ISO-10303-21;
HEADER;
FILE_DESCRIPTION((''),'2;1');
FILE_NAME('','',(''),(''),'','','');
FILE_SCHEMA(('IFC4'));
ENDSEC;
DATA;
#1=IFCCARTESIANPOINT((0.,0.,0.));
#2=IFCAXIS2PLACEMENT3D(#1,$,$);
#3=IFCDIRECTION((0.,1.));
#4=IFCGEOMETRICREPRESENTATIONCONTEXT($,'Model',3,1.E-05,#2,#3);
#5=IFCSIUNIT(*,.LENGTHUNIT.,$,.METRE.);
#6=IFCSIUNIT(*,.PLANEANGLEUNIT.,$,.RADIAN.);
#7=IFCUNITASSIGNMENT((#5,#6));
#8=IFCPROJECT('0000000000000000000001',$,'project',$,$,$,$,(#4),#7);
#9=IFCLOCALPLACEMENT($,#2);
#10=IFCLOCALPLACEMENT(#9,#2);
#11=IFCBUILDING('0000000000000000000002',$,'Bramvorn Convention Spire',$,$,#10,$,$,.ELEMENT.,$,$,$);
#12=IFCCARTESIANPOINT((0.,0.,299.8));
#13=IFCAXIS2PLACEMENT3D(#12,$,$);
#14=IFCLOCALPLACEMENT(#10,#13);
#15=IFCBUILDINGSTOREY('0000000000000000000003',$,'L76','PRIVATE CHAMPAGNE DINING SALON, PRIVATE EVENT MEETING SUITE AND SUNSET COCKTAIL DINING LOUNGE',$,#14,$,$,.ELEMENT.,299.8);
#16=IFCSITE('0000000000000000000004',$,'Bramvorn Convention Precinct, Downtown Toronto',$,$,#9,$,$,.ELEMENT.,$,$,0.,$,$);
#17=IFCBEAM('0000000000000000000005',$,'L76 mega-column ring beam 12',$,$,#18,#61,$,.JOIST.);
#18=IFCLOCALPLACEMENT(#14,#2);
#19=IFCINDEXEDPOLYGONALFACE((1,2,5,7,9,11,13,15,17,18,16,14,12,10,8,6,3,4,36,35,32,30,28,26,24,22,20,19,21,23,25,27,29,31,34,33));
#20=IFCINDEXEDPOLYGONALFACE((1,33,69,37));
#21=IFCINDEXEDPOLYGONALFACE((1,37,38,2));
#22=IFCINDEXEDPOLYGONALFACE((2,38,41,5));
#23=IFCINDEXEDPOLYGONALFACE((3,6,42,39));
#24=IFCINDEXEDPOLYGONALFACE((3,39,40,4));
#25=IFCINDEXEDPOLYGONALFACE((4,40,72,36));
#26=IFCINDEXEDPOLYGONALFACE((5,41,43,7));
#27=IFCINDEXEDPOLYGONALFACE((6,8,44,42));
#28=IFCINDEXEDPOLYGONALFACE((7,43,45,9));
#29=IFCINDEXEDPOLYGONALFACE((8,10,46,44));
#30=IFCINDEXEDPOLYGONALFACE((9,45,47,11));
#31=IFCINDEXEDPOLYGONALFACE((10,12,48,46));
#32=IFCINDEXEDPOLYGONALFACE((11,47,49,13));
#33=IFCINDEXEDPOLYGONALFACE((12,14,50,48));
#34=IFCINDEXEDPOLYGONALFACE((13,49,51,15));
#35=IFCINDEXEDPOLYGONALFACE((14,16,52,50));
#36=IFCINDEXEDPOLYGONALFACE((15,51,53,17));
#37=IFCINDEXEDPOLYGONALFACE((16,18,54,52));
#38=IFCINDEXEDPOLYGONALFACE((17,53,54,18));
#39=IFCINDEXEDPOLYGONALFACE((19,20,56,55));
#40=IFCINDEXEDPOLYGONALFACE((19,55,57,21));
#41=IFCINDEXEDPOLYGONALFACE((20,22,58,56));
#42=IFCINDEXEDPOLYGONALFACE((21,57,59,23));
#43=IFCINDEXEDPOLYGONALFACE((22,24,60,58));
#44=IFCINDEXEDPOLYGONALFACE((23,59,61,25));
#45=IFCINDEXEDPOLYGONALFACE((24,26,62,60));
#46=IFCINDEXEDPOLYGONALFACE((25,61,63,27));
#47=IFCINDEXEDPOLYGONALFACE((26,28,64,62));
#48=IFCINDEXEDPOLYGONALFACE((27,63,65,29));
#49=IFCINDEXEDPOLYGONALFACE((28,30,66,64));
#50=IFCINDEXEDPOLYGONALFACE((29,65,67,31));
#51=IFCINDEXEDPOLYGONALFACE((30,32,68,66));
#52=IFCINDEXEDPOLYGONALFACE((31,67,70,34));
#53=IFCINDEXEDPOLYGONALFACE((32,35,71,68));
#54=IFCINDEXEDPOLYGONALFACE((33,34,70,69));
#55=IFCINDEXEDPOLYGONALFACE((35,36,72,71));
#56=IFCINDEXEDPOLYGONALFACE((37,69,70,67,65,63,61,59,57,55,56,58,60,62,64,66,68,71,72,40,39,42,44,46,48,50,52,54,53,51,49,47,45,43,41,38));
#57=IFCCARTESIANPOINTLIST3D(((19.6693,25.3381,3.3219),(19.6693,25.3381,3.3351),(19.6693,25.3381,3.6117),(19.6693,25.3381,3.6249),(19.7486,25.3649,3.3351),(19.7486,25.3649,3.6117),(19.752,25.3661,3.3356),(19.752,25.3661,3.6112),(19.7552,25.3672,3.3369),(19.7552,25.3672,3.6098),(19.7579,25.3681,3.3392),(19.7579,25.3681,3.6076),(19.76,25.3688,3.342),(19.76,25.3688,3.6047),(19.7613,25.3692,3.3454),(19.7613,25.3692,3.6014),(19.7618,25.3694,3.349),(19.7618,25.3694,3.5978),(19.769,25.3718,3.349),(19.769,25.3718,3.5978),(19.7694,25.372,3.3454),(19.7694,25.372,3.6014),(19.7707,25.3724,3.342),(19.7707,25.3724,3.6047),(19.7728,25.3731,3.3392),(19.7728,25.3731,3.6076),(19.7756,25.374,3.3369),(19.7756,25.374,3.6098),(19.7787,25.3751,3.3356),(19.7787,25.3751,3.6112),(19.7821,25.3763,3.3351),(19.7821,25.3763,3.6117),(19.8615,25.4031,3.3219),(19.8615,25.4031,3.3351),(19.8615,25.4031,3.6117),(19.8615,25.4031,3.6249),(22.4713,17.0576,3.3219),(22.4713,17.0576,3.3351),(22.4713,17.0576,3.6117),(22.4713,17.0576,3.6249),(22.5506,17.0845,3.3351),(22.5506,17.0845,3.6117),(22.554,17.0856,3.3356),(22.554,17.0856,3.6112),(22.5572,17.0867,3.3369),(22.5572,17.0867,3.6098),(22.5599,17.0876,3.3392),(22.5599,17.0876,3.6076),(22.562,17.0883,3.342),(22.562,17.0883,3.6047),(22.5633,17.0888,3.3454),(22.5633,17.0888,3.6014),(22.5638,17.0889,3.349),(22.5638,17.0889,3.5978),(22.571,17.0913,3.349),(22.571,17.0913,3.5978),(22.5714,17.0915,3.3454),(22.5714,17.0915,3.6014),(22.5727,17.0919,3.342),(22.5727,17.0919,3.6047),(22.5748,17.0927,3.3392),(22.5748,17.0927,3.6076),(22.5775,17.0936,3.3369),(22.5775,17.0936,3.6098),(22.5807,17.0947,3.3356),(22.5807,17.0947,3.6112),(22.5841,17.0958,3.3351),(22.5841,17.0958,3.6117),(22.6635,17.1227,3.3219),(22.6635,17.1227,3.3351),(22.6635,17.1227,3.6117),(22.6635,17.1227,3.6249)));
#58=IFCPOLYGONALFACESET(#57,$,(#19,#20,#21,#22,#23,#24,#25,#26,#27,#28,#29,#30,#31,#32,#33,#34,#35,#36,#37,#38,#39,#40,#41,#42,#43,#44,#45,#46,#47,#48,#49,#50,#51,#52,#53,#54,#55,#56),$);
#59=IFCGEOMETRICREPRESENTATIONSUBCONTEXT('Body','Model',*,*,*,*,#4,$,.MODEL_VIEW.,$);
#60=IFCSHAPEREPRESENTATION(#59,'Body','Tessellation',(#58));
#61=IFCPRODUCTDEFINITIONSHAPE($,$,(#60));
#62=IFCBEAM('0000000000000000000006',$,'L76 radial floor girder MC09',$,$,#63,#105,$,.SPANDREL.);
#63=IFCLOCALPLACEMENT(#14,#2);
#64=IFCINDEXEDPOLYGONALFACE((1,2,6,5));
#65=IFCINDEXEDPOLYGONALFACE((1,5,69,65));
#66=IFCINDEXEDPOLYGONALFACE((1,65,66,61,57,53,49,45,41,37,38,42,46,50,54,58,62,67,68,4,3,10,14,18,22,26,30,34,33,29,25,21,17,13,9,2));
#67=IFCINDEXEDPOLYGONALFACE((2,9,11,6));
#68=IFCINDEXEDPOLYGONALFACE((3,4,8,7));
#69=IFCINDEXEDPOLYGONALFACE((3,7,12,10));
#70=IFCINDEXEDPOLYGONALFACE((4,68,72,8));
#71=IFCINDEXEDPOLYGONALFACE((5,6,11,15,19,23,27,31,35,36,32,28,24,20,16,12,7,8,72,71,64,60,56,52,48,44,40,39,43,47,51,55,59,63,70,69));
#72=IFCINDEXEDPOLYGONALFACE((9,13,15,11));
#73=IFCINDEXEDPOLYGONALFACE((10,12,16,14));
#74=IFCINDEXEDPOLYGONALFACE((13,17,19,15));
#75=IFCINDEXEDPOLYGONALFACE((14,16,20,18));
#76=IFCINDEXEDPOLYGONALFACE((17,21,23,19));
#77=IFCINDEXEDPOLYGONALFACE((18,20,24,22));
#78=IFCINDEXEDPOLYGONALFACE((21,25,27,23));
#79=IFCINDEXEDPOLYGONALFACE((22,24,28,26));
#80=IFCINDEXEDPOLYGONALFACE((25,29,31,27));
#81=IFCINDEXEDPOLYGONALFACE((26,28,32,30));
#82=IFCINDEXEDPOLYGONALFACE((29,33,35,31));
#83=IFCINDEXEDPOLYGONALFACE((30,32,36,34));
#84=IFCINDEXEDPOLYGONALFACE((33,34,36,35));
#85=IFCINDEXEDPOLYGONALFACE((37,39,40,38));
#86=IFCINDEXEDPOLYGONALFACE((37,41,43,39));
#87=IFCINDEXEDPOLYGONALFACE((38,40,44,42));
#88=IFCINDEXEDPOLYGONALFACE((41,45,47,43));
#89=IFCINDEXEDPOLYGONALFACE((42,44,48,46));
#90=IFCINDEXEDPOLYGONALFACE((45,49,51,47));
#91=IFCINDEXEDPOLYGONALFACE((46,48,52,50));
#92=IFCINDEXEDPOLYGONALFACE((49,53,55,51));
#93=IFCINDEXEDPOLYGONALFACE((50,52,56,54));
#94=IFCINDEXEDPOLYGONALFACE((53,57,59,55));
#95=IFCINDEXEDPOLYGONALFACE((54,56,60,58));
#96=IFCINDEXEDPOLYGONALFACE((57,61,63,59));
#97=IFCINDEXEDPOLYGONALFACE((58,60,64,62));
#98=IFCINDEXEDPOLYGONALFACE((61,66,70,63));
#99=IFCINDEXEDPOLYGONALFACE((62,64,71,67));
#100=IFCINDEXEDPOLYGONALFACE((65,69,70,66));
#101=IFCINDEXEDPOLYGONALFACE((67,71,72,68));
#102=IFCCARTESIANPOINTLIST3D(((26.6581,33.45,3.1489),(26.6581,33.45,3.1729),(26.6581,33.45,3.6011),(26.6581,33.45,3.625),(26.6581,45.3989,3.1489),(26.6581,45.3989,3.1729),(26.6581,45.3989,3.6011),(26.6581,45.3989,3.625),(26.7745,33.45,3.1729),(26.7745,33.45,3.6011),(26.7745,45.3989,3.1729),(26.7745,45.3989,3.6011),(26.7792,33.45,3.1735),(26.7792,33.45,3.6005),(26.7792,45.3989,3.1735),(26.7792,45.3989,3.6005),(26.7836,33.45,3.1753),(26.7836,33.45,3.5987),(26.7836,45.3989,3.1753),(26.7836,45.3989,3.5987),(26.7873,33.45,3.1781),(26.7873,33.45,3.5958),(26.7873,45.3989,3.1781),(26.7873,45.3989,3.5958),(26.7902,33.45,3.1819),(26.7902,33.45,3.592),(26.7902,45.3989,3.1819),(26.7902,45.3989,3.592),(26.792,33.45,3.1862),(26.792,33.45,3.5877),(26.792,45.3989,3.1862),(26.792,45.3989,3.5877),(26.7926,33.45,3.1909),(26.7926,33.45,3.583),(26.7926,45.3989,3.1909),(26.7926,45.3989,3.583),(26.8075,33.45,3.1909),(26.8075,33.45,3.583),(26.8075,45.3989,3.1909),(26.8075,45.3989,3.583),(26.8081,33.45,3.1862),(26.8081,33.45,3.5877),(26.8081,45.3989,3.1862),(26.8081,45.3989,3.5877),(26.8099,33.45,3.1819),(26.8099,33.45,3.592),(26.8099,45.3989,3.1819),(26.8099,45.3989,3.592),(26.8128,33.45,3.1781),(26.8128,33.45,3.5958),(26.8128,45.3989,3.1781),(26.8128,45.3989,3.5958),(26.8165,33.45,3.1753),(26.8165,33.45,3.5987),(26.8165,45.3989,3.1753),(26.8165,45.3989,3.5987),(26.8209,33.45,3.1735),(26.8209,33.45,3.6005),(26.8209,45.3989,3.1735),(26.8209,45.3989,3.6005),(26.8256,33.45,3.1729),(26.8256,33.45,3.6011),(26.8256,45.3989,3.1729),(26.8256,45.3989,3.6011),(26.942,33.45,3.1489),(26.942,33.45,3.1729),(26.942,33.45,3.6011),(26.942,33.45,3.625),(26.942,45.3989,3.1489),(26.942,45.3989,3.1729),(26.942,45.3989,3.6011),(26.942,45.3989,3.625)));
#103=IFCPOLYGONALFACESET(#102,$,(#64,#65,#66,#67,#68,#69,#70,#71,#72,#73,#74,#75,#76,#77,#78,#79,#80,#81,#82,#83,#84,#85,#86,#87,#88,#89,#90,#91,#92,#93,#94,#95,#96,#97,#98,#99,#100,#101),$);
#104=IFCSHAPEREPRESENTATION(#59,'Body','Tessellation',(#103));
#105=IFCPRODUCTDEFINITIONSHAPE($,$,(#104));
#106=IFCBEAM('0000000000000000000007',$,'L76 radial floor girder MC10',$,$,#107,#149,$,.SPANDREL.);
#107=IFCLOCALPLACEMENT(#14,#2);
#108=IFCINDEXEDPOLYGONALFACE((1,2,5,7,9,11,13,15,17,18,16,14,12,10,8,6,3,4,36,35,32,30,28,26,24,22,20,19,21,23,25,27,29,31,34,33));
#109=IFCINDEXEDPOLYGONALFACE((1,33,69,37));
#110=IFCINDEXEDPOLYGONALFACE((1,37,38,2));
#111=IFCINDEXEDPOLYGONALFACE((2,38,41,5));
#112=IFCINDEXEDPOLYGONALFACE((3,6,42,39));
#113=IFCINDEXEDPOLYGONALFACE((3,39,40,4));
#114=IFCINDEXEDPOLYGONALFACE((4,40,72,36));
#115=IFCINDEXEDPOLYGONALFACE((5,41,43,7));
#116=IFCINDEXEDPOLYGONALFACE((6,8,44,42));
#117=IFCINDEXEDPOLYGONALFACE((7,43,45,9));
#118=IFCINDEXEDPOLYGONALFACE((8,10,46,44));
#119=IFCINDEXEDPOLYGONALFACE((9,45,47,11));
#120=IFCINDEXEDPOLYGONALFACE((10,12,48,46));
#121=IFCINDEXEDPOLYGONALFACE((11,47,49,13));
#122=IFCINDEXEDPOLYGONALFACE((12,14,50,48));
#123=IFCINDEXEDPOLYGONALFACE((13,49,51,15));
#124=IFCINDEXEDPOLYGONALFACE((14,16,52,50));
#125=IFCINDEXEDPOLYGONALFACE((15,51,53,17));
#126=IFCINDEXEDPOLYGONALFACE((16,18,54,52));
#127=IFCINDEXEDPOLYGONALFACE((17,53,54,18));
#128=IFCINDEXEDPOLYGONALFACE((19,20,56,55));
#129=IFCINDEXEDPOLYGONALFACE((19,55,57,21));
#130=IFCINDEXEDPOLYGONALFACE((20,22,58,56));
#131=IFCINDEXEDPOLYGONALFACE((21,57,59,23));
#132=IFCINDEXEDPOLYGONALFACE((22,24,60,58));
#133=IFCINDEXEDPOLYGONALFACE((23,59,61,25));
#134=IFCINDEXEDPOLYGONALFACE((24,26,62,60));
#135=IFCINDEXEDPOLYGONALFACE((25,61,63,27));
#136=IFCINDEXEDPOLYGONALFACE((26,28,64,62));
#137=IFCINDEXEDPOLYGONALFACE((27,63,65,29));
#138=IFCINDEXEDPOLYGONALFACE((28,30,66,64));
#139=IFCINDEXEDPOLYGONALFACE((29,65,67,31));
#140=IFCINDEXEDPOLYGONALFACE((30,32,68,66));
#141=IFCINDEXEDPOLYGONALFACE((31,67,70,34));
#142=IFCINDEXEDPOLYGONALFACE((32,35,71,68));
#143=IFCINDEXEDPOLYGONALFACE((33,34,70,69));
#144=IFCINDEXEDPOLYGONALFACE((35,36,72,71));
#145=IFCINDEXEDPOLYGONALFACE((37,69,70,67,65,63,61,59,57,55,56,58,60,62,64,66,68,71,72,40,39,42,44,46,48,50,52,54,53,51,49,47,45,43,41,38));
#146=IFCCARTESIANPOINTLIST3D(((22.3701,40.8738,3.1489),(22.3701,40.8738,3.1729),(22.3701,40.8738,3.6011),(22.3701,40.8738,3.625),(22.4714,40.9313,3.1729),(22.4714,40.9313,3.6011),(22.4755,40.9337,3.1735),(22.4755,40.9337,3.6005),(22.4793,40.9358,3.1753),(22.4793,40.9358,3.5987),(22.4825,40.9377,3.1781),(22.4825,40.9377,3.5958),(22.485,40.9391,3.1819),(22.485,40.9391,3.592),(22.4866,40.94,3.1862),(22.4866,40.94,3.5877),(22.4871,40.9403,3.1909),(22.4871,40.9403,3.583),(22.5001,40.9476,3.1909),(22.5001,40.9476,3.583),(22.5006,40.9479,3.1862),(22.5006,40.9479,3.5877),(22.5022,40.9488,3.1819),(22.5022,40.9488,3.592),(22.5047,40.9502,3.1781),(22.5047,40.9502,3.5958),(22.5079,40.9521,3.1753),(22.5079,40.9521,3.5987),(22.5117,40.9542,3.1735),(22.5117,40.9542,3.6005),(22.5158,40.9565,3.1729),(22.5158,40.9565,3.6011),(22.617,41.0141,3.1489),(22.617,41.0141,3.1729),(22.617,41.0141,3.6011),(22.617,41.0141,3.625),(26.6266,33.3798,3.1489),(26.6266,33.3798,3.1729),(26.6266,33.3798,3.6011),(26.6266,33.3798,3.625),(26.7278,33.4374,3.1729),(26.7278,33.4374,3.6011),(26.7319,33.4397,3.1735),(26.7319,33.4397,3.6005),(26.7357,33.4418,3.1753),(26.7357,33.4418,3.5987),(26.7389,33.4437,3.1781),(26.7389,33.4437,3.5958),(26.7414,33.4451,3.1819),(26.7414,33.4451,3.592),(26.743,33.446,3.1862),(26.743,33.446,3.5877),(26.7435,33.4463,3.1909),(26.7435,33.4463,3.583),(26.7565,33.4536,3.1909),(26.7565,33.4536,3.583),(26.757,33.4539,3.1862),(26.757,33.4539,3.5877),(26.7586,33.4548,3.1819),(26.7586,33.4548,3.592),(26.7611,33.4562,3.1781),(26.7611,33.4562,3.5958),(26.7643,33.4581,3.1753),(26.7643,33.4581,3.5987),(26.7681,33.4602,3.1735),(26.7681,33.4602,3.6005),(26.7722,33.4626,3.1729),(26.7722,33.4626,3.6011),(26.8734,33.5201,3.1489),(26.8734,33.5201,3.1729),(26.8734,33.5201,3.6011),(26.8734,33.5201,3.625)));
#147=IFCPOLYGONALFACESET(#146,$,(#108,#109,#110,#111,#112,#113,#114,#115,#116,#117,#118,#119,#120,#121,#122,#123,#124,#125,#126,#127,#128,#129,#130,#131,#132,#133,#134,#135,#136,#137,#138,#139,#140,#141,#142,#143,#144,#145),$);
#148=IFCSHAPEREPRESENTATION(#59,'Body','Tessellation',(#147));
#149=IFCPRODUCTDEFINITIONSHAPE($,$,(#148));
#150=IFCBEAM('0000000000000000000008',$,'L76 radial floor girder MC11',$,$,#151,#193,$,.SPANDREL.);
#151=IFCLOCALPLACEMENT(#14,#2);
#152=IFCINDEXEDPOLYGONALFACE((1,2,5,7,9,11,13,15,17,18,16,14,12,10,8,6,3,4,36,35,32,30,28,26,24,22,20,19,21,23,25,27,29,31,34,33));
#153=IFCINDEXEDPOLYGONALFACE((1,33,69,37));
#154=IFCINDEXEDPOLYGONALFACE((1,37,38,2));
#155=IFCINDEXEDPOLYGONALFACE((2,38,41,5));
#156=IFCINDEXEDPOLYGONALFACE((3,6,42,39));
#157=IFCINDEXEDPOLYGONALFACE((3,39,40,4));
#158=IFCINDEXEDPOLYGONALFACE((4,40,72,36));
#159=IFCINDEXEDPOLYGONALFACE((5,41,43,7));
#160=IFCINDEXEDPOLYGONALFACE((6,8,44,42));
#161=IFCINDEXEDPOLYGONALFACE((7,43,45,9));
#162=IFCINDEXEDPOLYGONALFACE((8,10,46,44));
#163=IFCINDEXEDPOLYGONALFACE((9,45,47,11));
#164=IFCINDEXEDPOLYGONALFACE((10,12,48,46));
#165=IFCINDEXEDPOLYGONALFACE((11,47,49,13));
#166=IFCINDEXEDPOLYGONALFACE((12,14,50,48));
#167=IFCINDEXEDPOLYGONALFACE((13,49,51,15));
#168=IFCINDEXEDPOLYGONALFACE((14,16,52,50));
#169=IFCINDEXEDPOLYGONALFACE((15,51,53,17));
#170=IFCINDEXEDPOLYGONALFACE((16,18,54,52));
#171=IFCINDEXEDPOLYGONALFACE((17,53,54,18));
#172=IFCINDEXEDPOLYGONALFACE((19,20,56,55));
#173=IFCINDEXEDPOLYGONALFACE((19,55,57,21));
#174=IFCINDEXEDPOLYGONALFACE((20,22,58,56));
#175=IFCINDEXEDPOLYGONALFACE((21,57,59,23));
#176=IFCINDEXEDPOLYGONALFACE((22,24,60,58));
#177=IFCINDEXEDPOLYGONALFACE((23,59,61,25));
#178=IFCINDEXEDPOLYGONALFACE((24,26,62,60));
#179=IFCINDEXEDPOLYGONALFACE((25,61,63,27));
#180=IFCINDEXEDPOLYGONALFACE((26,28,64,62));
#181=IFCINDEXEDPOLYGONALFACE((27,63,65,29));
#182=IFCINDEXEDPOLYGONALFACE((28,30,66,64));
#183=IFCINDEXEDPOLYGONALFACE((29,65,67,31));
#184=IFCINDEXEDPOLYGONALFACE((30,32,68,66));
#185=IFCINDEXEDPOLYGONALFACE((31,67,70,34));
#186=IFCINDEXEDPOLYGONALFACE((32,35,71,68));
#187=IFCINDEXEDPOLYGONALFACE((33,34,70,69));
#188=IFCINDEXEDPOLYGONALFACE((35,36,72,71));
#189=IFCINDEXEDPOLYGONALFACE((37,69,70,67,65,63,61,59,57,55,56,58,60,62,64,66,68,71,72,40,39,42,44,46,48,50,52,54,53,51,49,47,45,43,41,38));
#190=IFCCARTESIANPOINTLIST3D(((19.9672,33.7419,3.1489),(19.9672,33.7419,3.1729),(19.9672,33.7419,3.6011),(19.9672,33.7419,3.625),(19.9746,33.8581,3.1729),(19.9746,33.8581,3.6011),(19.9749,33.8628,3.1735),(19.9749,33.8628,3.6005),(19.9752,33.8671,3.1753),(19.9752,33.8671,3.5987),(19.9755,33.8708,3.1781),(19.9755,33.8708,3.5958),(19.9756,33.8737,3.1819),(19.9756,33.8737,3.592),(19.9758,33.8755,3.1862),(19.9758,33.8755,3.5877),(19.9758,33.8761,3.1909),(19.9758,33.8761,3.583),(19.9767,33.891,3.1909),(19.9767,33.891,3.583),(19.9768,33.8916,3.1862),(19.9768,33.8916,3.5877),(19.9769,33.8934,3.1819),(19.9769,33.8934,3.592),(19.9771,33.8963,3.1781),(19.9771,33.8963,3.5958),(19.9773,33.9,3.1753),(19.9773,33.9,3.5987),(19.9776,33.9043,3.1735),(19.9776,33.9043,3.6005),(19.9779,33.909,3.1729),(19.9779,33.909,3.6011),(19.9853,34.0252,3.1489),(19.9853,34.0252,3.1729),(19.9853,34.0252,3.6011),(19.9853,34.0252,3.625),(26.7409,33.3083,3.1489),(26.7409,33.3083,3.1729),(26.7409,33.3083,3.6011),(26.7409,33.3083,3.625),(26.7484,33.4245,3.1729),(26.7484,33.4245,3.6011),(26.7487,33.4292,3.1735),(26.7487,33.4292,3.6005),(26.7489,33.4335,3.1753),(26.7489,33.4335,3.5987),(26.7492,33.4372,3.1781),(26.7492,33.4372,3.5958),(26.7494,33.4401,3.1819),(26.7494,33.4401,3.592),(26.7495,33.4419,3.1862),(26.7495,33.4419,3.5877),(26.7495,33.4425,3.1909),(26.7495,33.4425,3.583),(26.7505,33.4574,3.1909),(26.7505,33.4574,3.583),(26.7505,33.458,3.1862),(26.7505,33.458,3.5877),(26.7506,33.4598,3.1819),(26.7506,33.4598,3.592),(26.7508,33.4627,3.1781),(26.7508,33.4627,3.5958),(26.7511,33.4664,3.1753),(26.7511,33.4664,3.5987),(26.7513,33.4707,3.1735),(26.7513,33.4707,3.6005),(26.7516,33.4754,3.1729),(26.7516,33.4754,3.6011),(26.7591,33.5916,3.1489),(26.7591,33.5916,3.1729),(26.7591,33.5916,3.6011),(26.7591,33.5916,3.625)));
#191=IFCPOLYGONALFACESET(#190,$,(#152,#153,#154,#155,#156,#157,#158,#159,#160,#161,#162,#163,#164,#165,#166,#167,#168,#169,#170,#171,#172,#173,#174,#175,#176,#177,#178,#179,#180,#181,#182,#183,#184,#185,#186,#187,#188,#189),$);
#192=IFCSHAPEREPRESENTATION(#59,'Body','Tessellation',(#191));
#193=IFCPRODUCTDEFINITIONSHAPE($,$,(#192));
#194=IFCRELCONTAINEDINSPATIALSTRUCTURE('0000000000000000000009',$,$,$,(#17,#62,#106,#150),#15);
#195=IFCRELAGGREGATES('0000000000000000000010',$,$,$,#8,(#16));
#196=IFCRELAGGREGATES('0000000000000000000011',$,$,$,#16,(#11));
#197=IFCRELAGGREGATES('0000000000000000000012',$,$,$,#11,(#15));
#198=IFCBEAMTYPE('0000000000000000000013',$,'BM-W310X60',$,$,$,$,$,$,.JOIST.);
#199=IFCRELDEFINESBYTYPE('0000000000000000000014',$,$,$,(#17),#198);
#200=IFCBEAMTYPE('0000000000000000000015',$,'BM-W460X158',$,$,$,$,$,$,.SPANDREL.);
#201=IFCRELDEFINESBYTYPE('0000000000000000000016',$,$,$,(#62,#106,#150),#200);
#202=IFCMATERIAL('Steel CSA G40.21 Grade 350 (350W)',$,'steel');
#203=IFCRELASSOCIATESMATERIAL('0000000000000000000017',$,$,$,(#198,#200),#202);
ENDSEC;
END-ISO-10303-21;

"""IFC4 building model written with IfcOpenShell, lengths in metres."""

from ifc_helpers import new_model, si_unit, direction, frame, origin, origin_2d, place, context, subcontext, project, spatial, i_section, extrude, material, material_profile, profile_set, type_object, element, save


model = new_model("IFC4")

# Units and contexts
model_context = context("Model", 3, precision=1e-05, world=origin(), true_north=direction((0.0, 1.0)))
body_context = subcontext(model_context, "Body", "Model", "MODEL_VIEW")
ifc_project = project(units=[si_unit("LENGTHUNIT", "METRE"), si_unit("PLANEANGLEUNIT", "RADIAN")], contexts=[model_context])

# Site, building, storey
site_placement = place(None, origin())
site = spatial("IfcSite", under=ifc_project, at=site_placement, Name="Bramvorn Convention Precinct, Downtown Toronto", CompositionType="ELEMENT", RefElevation=0.0)
building_placement = place(site_placement, origin())
building = spatial("IfcBuilding", under=site, at=building_placement, Name="Bramvorn Convention Spire", CompositionType="ELEMENT")
storey_placement = place(building_placement, frame((0.0, 0.0, 299.8)))
storey = spatial("IfcBuildingStorey", under=building, at=storey_placement, Name="L76", Description="PRIVATE CHAMPAGNE DINING SALON, PRIVATE EVENT MEETING SUITE AND SUNSET COCKTAIL DINING LOUNGE", CompositionType="ELEMENT", Elevation=299.8)

# Shared definitions
ifc_material_1 = material(Name="Steel CSA G40.21 Grade 350 (350W)", Category="steel")

# Beams
ifc_material_profile_1 = material_profile(ifc_material_1, i_section(OverallWidth=0.2029, OverallDepth=0.303, WebThickness=0.0076, FlangeThickness=0.0132, FilletRadius=0.0139, at=origin_2d()))
ifc_profile_set_1 = profile_set([ifc_material_profile_1], Name="Steel CSA G40.21 Grade 350 (350W) - W310X60")
beam_type_1 = type_object("IfcBeamType", Name="BM-W310X60", PredefinedType="JOIST", material=ifc_profile_set_1)
beam_1_placement = place(storey_placement, frame((19.7654, 25.3706, 3.4734), z_axis=(0.320531, -0.947238, 0.0), x_axis=(0.947238, 0.320531, 0.0)))
element("IfcBeam", 1, at=beam_1_placement, inside=storey, type_object=beam_type_1, Name="L76 mega-column ring beam 12", PredefinedType="JOIST", context=body_context, shape_type="SweptSolid", body=[
    extrude(i_section(OverallWidth=0.2029, OverallDepth=0.303, WebThickness=0.0076, FlangeThickness=0.0132, FilletRadius=0.0139, at=origin_2d()), origin(), (0.0, 0.0, 1.0), 8.7417),
])
ifc_material_profile_2 = material_profile(ifc_material_1, i_section(OverallWidth=0.2839, OverallDepth=0.4761, WebThickness=0.0149, FlangeThickness=0.0239, FilletRadius=0.0181, at=origin_2d()))
ifc_profile_set_2 = profile_set([ifc_material_profile_2], Name="Steel CSA G40.21 Grade 350 (350W) - W460X158")
beam_type_2 = type_object("IfcBeamType", Name="BM-W460X158", PredefinedType="SPANDREL", material=ifc_profile_set_2)
beam_2_placement = place(storey_placement, frame((26.8, 33.45, 3.387), z_axis=(0.0, 1.0, 0.0), x_axis=(-1.0, 0.0, 0.0)))
element("IfcBeam", 2, at=beam_2_placement, inside=storey, type_object=beam_type_2, Name="L76 radial floor girder MC09", PredefinedType="SPANDREL", context=body_context, shape_type="SweptSolid", body=[
    extrude(i_section(OverallWidth=0.2839, OverallDepth=0.4761, WebThickness=0.0149, FlangeThickness=0.0239, FilletRadius=0.0181, at=origin_2d()), origin(), (0.0, 0.0, 1.0), 11.949),
])
beam_3_placement = place(storey_placement, frame((26.75, 33.45, 3.387), z_axis=(-0.493874, 0.869534, 0.0), x_axis=(-0.869534, -0.493874, 0.0)))
element("IfcBeam", 3, at=beam_3_placement, inside=storey, type_object=beam_type_2, Name="L76 radial floor girder MC10", PredefinedType="SPANDREL", context=body_context, shape_type="SweptSolid", body=[
    extrude(i_section(OverallWidth=0.2839, OverallDepth=0.4761, WebThickness=0.0149, FlangeThickness=0.0239, FilletRadius=0.0181, at=origin_2d()), origin(), (0.0, 0.0, 1.0), 8.6184),
])
beam_4_placement = place(storey_placement, frame((26.75, 33.45, 3.387), z_axis=(-0.997958, 0.063881, 0.0), x_axis=(-0.063881, -0.997958, 0.0)))
element("IfcBeam", 4, at=beam_4_placement, inside=storey, type_object=beam_type_2, Name="L76 radial floor girder MC11", PredefinedType="SPANDREL", context=body_context, shape_type="SweptSolid", body=[
    extrude(i_section(OverallWidth=0.2839, OverallDepth=0.4761, WebThickness=0.0149, FlangeThickness=0.0239, FilletRadius=0.0181, at=origin_2d()), origin(), (0.0, 0.0, 1.0), 6.7876),
])

save(model, "model.ifc")
